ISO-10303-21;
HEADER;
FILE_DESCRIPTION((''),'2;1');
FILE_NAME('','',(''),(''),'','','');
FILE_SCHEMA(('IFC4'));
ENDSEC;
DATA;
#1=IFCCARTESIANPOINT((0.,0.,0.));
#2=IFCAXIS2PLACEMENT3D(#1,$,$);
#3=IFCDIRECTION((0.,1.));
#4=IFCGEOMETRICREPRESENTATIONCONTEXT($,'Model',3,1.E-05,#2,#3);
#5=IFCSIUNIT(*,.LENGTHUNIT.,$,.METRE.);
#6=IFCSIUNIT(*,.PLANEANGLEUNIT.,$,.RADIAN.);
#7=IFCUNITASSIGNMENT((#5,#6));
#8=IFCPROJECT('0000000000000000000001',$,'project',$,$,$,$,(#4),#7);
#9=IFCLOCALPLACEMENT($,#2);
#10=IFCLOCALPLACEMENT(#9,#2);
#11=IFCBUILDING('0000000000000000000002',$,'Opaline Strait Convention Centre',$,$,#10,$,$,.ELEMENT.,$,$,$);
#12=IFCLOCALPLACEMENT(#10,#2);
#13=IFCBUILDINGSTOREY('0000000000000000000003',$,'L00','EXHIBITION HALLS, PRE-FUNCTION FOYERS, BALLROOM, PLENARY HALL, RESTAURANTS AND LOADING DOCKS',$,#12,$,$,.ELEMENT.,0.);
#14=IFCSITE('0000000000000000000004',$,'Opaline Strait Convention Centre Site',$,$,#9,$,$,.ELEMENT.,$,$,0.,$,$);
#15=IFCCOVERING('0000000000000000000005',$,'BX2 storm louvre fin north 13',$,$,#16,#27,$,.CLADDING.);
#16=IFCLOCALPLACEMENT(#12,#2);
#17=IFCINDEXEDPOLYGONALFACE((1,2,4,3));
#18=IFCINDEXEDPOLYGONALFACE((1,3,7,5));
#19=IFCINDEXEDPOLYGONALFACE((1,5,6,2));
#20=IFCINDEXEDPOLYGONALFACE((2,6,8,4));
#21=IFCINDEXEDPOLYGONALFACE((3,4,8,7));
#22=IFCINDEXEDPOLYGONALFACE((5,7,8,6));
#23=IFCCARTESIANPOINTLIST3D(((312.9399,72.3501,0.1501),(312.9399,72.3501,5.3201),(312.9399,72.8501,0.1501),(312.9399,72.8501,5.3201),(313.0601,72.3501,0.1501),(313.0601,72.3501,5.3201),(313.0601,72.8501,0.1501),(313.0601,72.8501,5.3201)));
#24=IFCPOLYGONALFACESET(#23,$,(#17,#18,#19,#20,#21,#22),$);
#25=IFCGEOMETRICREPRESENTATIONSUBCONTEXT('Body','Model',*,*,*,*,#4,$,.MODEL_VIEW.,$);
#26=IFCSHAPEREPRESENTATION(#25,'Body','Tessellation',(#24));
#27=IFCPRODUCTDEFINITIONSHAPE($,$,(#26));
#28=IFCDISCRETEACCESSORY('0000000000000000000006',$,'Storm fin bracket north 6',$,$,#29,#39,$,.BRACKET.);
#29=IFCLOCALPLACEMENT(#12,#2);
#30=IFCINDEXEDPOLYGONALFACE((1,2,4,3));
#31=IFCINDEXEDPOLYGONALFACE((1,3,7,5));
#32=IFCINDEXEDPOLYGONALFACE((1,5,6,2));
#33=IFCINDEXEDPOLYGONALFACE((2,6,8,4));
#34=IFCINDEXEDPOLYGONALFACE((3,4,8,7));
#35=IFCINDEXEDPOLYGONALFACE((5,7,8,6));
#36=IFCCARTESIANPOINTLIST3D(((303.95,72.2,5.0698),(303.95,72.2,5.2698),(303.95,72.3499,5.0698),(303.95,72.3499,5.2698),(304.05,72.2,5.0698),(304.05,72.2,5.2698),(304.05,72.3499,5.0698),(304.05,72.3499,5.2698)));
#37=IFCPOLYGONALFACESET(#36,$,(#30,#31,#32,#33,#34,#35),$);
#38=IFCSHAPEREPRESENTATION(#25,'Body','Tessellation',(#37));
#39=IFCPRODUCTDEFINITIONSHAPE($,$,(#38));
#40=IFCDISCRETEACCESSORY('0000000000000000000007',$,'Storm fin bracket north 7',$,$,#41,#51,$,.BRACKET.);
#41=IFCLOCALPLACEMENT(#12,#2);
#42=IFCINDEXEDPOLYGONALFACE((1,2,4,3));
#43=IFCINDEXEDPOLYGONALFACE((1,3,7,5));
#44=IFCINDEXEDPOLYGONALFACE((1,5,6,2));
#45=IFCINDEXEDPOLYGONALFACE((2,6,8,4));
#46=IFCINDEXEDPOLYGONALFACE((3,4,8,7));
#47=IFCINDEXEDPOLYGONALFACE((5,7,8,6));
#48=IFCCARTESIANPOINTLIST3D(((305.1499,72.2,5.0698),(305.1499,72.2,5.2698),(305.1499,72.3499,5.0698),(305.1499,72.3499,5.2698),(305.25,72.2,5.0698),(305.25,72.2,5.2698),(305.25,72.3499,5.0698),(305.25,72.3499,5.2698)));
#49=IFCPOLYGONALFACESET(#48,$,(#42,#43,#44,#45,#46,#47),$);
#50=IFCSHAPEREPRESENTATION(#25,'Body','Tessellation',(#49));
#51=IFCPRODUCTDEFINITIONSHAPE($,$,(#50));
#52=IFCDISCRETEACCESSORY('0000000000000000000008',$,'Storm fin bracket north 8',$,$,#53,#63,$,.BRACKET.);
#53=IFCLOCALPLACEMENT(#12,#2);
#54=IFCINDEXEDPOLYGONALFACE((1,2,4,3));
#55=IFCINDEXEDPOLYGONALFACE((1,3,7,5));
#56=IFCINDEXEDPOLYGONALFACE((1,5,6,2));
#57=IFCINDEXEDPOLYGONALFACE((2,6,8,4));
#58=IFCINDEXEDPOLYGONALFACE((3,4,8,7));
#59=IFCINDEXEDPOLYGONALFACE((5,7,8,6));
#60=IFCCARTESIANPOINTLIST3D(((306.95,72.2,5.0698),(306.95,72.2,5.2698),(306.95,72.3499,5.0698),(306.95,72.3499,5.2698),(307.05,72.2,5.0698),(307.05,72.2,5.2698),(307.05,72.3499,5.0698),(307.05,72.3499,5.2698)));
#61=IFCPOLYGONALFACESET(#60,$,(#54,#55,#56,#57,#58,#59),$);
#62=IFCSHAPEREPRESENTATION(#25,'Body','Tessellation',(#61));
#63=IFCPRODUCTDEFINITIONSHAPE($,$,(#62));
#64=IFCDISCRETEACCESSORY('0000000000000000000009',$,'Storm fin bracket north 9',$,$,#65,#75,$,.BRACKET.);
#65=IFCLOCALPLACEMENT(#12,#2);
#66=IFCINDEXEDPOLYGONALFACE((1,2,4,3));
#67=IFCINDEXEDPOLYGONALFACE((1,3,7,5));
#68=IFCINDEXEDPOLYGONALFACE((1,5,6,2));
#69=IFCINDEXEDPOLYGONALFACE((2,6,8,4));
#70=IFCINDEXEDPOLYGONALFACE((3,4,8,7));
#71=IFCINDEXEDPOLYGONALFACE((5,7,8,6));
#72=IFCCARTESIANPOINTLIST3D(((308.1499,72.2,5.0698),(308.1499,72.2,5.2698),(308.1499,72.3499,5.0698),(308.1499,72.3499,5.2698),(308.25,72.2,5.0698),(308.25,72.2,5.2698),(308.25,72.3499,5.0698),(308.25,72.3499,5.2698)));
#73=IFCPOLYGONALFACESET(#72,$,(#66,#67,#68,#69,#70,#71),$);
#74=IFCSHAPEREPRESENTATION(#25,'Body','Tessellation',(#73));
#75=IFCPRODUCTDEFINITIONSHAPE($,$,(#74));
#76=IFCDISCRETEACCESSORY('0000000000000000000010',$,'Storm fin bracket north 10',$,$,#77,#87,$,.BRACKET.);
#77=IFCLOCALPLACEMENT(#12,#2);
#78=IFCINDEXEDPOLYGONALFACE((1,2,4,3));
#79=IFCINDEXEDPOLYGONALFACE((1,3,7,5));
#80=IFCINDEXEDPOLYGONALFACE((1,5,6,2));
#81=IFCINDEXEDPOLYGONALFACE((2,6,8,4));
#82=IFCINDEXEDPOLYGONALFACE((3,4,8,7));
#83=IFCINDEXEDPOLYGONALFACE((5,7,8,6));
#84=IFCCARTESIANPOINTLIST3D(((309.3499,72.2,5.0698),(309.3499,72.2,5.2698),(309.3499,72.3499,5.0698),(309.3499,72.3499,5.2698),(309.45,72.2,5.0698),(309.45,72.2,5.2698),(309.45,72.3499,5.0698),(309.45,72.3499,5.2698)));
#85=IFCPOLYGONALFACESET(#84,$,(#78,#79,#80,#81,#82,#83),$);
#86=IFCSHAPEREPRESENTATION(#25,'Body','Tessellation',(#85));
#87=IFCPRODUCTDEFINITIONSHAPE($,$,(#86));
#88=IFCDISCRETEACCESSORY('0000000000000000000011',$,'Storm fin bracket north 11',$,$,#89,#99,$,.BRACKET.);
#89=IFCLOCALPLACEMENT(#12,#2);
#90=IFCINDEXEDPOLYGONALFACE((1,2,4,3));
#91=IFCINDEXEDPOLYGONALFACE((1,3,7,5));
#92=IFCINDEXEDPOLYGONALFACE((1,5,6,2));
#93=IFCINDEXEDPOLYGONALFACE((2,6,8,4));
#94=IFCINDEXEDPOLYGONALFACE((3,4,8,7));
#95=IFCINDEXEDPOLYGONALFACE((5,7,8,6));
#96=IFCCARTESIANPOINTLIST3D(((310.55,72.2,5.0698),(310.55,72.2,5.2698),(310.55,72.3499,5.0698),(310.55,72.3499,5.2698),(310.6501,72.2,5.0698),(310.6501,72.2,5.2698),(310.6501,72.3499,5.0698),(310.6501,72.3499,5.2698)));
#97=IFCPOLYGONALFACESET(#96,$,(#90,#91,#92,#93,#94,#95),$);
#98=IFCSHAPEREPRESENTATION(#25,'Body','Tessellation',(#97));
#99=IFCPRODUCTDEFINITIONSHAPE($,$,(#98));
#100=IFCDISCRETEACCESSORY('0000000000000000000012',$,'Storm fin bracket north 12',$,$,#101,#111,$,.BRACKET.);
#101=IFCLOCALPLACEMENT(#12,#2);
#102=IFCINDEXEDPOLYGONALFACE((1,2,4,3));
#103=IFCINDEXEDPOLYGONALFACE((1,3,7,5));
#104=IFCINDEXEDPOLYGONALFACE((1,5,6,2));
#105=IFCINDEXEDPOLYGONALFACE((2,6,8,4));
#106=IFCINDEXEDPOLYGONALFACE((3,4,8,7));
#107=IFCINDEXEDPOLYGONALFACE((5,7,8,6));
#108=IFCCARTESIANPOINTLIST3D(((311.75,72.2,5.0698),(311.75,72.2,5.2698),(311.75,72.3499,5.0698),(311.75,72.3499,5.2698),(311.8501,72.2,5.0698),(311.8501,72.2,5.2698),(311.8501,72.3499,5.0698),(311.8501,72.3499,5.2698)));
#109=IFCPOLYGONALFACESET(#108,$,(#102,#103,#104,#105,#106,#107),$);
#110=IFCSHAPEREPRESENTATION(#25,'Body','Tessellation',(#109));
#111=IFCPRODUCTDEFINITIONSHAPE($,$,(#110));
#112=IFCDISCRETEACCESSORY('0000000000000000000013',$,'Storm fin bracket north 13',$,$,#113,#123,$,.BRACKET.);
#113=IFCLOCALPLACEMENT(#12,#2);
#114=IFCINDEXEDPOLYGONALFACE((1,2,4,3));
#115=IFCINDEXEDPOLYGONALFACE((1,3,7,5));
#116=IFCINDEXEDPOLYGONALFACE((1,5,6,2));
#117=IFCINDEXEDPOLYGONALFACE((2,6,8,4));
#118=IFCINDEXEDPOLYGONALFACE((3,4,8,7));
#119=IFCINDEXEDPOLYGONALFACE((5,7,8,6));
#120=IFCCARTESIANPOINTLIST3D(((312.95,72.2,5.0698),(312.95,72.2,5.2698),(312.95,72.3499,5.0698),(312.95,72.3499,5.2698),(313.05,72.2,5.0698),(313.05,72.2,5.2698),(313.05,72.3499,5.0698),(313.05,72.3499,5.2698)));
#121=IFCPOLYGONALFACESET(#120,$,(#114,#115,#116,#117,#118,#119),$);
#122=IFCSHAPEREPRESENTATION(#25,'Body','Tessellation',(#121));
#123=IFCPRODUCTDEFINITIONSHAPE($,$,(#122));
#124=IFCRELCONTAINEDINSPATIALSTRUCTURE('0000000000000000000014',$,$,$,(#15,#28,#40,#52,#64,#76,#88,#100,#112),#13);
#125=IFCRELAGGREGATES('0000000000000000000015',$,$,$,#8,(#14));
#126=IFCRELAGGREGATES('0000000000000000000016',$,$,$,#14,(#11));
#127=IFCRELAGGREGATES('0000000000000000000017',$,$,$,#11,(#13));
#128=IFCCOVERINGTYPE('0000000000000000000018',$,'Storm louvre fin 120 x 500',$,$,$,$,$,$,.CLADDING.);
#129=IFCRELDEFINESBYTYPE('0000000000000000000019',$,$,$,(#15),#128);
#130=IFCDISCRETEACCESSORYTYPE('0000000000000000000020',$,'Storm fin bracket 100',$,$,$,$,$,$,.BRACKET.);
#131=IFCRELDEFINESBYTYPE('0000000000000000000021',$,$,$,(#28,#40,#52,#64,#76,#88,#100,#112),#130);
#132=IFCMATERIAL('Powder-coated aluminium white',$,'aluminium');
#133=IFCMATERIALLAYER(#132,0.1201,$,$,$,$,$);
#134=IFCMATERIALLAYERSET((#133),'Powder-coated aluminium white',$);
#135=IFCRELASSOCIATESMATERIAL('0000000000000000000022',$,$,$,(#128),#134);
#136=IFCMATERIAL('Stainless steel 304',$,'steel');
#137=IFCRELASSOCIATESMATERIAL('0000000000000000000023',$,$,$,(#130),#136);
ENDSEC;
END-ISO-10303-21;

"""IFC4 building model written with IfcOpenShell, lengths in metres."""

from ifc_helpers import new_model, si_unit, direction, frame, origin, origin_2d, place, context, subcontext, project, spatial, rectangle, extrude, material, layer, layer_set, type_object, element, save


model = new_model("IFC4")

# Units and contexts
model_context = context("Model", 3, precision=1e-05, world=origin(), true_north=direction((0.0, 1.0)))
body_context = subcontext(model_context, "Body", "Model", "MODEL_VIEW")
ifc_project = project(units=[si_unit("LENGTHUNIT", "METRE"), si_unit("PLANEANGLEUNIT", "RADIAN")], contexts=[model_context])

# Site, building, storey
site_placement = place(None, origin())
site = spatial("IfcSite", under=ifc_project, at=site_placement, Name="Opaline Strait Convention Centre Site", CompositionType="ELEMENT", RefElevation=0.0)
building_placement = place(site_placement, origin())
building = spatial("IfcBuilding", under=site, at=building_placement, Name="Opaline Strait Convention Centre", CompositionType="ELEMENT")
storey_placement = place(building_placement, origin())
storey = spatial("IfcBuildingStorey", under=building, at=storey_placement, Name="L00", Description="EXHIBITION HALLS, PRE-FUNCTION FOYERS, BALLROOM, PLENARY HALL, RESTAURANTS AND LOADING DOCKS", CompositionType="ELEMENT", Elevation=0.0)

# Covering
ifc_material_1 = material(Name="Powder-coated aluminium white", Category="aluminium")
ifc_layer_1 = layer(ifc_material_1, 0.1201)
ifc_layer_set_1 = layer_set([ifc_layer_1], Name="Powder-coated aluminium white")
covering_type = type_object("IfcCoveringType", Name="Storm louvre fin 120 x 500", PredefinedType="CLADDING", material=ifc_layer_set_1)
for number, where, z_axis, x_axis, name in (
    (1, (313.0, 72.6001, 0.1501), (0.0, 0.0, 1.0), (1.0, 0.0, 0.0), "BX2 storm louvre fin north 13"),
):
    element("IfcCovering", number, at=place(storey_placement, frame(where, z_axis=z_axis, x_axis=x_axis)), inside=storey, type_object=covering_type, Name=name, PredefinedType="CLADDING", context=body_context, shape_type="SweptSolid", body=[
        extrude(rectangle(XDim=0.1201, YDim=0.5, at=origin_2d()), origin(), (0.0, 0.0, 1.0), 5.1699),
    ])

# Discrete accessories
ifc_material_2 = material(Name="Stainless steel 304", Category="steel")
discrete_accessory_type = type_object("IfcDiscreteAccessoryType", Name="Storm fin bracket 100", PredefinedType="BRACKET", material=ifc_material_2)
for number, where, z_axis, x_axis, name in (
    (2, (304.0, 72.2749, 5.0698), (0.0, 0.0, 1.0), (1.0, 0.0, 0.0), "Storm fin bracket north 6"),
    (3, (305.2, 72.2749, 5.0698), (0.0, 0.0, 1.0), (1.0, 0.0, 0.0), "Storm fin bracket north 7"),
    (4, (307.0, 72.2749, 5.0698), (0.0, 0.0, 1.0), (1.0, 0.0, 0.0), "Storm fin bracket north 8"),
    (5, (308.2, 72.2749, 5.0698), (0.0, 0.0, 1.0), (1.0, 0.0, 0.0), "Storm fin bracket north 9"),
    (6, (309.3999, 72.2749, 5.0698), (0.0, 0.0, 1.0), (1.0, 0.0, 0.0), "Storm fin bracket north 10"),
    (7, (310.6001, 72.2749, 5.0698), (0.0, 0.0, 1.0), (1.0, 0.0, 0.0), "Storm fin bracket north 11"),
    (8, (311.8, 72.2749, 5.0698), (0.0, 0.0, 1.0), (1.0, 0.0, 0.0), "Storm fin bracket north 12"),
    (9, (313.0, 72.2749, 5.0698), (0.0, 0.0, 1.0), (1.0, 0.0, 0.0), "Storm fin bracket north 13"),
):
    element("IfcDiscreteAccessory", number, at=place(storey_placement, frame(where, z_axis=z_axis, x_axis=x_axis)), inside=storey, type_object=discrete_accessory_type, Name=name, PredefinedType="BRACKET", context=body_context, shape_type="SweptSolid", body=[
        extrude(rectangle(XDim=0.1001, YDim=0.1499, at=origin_2d()), origin(), (0.0, 0.0, 1.0), 0.2),
    ])

save(model, "model.ifc")
